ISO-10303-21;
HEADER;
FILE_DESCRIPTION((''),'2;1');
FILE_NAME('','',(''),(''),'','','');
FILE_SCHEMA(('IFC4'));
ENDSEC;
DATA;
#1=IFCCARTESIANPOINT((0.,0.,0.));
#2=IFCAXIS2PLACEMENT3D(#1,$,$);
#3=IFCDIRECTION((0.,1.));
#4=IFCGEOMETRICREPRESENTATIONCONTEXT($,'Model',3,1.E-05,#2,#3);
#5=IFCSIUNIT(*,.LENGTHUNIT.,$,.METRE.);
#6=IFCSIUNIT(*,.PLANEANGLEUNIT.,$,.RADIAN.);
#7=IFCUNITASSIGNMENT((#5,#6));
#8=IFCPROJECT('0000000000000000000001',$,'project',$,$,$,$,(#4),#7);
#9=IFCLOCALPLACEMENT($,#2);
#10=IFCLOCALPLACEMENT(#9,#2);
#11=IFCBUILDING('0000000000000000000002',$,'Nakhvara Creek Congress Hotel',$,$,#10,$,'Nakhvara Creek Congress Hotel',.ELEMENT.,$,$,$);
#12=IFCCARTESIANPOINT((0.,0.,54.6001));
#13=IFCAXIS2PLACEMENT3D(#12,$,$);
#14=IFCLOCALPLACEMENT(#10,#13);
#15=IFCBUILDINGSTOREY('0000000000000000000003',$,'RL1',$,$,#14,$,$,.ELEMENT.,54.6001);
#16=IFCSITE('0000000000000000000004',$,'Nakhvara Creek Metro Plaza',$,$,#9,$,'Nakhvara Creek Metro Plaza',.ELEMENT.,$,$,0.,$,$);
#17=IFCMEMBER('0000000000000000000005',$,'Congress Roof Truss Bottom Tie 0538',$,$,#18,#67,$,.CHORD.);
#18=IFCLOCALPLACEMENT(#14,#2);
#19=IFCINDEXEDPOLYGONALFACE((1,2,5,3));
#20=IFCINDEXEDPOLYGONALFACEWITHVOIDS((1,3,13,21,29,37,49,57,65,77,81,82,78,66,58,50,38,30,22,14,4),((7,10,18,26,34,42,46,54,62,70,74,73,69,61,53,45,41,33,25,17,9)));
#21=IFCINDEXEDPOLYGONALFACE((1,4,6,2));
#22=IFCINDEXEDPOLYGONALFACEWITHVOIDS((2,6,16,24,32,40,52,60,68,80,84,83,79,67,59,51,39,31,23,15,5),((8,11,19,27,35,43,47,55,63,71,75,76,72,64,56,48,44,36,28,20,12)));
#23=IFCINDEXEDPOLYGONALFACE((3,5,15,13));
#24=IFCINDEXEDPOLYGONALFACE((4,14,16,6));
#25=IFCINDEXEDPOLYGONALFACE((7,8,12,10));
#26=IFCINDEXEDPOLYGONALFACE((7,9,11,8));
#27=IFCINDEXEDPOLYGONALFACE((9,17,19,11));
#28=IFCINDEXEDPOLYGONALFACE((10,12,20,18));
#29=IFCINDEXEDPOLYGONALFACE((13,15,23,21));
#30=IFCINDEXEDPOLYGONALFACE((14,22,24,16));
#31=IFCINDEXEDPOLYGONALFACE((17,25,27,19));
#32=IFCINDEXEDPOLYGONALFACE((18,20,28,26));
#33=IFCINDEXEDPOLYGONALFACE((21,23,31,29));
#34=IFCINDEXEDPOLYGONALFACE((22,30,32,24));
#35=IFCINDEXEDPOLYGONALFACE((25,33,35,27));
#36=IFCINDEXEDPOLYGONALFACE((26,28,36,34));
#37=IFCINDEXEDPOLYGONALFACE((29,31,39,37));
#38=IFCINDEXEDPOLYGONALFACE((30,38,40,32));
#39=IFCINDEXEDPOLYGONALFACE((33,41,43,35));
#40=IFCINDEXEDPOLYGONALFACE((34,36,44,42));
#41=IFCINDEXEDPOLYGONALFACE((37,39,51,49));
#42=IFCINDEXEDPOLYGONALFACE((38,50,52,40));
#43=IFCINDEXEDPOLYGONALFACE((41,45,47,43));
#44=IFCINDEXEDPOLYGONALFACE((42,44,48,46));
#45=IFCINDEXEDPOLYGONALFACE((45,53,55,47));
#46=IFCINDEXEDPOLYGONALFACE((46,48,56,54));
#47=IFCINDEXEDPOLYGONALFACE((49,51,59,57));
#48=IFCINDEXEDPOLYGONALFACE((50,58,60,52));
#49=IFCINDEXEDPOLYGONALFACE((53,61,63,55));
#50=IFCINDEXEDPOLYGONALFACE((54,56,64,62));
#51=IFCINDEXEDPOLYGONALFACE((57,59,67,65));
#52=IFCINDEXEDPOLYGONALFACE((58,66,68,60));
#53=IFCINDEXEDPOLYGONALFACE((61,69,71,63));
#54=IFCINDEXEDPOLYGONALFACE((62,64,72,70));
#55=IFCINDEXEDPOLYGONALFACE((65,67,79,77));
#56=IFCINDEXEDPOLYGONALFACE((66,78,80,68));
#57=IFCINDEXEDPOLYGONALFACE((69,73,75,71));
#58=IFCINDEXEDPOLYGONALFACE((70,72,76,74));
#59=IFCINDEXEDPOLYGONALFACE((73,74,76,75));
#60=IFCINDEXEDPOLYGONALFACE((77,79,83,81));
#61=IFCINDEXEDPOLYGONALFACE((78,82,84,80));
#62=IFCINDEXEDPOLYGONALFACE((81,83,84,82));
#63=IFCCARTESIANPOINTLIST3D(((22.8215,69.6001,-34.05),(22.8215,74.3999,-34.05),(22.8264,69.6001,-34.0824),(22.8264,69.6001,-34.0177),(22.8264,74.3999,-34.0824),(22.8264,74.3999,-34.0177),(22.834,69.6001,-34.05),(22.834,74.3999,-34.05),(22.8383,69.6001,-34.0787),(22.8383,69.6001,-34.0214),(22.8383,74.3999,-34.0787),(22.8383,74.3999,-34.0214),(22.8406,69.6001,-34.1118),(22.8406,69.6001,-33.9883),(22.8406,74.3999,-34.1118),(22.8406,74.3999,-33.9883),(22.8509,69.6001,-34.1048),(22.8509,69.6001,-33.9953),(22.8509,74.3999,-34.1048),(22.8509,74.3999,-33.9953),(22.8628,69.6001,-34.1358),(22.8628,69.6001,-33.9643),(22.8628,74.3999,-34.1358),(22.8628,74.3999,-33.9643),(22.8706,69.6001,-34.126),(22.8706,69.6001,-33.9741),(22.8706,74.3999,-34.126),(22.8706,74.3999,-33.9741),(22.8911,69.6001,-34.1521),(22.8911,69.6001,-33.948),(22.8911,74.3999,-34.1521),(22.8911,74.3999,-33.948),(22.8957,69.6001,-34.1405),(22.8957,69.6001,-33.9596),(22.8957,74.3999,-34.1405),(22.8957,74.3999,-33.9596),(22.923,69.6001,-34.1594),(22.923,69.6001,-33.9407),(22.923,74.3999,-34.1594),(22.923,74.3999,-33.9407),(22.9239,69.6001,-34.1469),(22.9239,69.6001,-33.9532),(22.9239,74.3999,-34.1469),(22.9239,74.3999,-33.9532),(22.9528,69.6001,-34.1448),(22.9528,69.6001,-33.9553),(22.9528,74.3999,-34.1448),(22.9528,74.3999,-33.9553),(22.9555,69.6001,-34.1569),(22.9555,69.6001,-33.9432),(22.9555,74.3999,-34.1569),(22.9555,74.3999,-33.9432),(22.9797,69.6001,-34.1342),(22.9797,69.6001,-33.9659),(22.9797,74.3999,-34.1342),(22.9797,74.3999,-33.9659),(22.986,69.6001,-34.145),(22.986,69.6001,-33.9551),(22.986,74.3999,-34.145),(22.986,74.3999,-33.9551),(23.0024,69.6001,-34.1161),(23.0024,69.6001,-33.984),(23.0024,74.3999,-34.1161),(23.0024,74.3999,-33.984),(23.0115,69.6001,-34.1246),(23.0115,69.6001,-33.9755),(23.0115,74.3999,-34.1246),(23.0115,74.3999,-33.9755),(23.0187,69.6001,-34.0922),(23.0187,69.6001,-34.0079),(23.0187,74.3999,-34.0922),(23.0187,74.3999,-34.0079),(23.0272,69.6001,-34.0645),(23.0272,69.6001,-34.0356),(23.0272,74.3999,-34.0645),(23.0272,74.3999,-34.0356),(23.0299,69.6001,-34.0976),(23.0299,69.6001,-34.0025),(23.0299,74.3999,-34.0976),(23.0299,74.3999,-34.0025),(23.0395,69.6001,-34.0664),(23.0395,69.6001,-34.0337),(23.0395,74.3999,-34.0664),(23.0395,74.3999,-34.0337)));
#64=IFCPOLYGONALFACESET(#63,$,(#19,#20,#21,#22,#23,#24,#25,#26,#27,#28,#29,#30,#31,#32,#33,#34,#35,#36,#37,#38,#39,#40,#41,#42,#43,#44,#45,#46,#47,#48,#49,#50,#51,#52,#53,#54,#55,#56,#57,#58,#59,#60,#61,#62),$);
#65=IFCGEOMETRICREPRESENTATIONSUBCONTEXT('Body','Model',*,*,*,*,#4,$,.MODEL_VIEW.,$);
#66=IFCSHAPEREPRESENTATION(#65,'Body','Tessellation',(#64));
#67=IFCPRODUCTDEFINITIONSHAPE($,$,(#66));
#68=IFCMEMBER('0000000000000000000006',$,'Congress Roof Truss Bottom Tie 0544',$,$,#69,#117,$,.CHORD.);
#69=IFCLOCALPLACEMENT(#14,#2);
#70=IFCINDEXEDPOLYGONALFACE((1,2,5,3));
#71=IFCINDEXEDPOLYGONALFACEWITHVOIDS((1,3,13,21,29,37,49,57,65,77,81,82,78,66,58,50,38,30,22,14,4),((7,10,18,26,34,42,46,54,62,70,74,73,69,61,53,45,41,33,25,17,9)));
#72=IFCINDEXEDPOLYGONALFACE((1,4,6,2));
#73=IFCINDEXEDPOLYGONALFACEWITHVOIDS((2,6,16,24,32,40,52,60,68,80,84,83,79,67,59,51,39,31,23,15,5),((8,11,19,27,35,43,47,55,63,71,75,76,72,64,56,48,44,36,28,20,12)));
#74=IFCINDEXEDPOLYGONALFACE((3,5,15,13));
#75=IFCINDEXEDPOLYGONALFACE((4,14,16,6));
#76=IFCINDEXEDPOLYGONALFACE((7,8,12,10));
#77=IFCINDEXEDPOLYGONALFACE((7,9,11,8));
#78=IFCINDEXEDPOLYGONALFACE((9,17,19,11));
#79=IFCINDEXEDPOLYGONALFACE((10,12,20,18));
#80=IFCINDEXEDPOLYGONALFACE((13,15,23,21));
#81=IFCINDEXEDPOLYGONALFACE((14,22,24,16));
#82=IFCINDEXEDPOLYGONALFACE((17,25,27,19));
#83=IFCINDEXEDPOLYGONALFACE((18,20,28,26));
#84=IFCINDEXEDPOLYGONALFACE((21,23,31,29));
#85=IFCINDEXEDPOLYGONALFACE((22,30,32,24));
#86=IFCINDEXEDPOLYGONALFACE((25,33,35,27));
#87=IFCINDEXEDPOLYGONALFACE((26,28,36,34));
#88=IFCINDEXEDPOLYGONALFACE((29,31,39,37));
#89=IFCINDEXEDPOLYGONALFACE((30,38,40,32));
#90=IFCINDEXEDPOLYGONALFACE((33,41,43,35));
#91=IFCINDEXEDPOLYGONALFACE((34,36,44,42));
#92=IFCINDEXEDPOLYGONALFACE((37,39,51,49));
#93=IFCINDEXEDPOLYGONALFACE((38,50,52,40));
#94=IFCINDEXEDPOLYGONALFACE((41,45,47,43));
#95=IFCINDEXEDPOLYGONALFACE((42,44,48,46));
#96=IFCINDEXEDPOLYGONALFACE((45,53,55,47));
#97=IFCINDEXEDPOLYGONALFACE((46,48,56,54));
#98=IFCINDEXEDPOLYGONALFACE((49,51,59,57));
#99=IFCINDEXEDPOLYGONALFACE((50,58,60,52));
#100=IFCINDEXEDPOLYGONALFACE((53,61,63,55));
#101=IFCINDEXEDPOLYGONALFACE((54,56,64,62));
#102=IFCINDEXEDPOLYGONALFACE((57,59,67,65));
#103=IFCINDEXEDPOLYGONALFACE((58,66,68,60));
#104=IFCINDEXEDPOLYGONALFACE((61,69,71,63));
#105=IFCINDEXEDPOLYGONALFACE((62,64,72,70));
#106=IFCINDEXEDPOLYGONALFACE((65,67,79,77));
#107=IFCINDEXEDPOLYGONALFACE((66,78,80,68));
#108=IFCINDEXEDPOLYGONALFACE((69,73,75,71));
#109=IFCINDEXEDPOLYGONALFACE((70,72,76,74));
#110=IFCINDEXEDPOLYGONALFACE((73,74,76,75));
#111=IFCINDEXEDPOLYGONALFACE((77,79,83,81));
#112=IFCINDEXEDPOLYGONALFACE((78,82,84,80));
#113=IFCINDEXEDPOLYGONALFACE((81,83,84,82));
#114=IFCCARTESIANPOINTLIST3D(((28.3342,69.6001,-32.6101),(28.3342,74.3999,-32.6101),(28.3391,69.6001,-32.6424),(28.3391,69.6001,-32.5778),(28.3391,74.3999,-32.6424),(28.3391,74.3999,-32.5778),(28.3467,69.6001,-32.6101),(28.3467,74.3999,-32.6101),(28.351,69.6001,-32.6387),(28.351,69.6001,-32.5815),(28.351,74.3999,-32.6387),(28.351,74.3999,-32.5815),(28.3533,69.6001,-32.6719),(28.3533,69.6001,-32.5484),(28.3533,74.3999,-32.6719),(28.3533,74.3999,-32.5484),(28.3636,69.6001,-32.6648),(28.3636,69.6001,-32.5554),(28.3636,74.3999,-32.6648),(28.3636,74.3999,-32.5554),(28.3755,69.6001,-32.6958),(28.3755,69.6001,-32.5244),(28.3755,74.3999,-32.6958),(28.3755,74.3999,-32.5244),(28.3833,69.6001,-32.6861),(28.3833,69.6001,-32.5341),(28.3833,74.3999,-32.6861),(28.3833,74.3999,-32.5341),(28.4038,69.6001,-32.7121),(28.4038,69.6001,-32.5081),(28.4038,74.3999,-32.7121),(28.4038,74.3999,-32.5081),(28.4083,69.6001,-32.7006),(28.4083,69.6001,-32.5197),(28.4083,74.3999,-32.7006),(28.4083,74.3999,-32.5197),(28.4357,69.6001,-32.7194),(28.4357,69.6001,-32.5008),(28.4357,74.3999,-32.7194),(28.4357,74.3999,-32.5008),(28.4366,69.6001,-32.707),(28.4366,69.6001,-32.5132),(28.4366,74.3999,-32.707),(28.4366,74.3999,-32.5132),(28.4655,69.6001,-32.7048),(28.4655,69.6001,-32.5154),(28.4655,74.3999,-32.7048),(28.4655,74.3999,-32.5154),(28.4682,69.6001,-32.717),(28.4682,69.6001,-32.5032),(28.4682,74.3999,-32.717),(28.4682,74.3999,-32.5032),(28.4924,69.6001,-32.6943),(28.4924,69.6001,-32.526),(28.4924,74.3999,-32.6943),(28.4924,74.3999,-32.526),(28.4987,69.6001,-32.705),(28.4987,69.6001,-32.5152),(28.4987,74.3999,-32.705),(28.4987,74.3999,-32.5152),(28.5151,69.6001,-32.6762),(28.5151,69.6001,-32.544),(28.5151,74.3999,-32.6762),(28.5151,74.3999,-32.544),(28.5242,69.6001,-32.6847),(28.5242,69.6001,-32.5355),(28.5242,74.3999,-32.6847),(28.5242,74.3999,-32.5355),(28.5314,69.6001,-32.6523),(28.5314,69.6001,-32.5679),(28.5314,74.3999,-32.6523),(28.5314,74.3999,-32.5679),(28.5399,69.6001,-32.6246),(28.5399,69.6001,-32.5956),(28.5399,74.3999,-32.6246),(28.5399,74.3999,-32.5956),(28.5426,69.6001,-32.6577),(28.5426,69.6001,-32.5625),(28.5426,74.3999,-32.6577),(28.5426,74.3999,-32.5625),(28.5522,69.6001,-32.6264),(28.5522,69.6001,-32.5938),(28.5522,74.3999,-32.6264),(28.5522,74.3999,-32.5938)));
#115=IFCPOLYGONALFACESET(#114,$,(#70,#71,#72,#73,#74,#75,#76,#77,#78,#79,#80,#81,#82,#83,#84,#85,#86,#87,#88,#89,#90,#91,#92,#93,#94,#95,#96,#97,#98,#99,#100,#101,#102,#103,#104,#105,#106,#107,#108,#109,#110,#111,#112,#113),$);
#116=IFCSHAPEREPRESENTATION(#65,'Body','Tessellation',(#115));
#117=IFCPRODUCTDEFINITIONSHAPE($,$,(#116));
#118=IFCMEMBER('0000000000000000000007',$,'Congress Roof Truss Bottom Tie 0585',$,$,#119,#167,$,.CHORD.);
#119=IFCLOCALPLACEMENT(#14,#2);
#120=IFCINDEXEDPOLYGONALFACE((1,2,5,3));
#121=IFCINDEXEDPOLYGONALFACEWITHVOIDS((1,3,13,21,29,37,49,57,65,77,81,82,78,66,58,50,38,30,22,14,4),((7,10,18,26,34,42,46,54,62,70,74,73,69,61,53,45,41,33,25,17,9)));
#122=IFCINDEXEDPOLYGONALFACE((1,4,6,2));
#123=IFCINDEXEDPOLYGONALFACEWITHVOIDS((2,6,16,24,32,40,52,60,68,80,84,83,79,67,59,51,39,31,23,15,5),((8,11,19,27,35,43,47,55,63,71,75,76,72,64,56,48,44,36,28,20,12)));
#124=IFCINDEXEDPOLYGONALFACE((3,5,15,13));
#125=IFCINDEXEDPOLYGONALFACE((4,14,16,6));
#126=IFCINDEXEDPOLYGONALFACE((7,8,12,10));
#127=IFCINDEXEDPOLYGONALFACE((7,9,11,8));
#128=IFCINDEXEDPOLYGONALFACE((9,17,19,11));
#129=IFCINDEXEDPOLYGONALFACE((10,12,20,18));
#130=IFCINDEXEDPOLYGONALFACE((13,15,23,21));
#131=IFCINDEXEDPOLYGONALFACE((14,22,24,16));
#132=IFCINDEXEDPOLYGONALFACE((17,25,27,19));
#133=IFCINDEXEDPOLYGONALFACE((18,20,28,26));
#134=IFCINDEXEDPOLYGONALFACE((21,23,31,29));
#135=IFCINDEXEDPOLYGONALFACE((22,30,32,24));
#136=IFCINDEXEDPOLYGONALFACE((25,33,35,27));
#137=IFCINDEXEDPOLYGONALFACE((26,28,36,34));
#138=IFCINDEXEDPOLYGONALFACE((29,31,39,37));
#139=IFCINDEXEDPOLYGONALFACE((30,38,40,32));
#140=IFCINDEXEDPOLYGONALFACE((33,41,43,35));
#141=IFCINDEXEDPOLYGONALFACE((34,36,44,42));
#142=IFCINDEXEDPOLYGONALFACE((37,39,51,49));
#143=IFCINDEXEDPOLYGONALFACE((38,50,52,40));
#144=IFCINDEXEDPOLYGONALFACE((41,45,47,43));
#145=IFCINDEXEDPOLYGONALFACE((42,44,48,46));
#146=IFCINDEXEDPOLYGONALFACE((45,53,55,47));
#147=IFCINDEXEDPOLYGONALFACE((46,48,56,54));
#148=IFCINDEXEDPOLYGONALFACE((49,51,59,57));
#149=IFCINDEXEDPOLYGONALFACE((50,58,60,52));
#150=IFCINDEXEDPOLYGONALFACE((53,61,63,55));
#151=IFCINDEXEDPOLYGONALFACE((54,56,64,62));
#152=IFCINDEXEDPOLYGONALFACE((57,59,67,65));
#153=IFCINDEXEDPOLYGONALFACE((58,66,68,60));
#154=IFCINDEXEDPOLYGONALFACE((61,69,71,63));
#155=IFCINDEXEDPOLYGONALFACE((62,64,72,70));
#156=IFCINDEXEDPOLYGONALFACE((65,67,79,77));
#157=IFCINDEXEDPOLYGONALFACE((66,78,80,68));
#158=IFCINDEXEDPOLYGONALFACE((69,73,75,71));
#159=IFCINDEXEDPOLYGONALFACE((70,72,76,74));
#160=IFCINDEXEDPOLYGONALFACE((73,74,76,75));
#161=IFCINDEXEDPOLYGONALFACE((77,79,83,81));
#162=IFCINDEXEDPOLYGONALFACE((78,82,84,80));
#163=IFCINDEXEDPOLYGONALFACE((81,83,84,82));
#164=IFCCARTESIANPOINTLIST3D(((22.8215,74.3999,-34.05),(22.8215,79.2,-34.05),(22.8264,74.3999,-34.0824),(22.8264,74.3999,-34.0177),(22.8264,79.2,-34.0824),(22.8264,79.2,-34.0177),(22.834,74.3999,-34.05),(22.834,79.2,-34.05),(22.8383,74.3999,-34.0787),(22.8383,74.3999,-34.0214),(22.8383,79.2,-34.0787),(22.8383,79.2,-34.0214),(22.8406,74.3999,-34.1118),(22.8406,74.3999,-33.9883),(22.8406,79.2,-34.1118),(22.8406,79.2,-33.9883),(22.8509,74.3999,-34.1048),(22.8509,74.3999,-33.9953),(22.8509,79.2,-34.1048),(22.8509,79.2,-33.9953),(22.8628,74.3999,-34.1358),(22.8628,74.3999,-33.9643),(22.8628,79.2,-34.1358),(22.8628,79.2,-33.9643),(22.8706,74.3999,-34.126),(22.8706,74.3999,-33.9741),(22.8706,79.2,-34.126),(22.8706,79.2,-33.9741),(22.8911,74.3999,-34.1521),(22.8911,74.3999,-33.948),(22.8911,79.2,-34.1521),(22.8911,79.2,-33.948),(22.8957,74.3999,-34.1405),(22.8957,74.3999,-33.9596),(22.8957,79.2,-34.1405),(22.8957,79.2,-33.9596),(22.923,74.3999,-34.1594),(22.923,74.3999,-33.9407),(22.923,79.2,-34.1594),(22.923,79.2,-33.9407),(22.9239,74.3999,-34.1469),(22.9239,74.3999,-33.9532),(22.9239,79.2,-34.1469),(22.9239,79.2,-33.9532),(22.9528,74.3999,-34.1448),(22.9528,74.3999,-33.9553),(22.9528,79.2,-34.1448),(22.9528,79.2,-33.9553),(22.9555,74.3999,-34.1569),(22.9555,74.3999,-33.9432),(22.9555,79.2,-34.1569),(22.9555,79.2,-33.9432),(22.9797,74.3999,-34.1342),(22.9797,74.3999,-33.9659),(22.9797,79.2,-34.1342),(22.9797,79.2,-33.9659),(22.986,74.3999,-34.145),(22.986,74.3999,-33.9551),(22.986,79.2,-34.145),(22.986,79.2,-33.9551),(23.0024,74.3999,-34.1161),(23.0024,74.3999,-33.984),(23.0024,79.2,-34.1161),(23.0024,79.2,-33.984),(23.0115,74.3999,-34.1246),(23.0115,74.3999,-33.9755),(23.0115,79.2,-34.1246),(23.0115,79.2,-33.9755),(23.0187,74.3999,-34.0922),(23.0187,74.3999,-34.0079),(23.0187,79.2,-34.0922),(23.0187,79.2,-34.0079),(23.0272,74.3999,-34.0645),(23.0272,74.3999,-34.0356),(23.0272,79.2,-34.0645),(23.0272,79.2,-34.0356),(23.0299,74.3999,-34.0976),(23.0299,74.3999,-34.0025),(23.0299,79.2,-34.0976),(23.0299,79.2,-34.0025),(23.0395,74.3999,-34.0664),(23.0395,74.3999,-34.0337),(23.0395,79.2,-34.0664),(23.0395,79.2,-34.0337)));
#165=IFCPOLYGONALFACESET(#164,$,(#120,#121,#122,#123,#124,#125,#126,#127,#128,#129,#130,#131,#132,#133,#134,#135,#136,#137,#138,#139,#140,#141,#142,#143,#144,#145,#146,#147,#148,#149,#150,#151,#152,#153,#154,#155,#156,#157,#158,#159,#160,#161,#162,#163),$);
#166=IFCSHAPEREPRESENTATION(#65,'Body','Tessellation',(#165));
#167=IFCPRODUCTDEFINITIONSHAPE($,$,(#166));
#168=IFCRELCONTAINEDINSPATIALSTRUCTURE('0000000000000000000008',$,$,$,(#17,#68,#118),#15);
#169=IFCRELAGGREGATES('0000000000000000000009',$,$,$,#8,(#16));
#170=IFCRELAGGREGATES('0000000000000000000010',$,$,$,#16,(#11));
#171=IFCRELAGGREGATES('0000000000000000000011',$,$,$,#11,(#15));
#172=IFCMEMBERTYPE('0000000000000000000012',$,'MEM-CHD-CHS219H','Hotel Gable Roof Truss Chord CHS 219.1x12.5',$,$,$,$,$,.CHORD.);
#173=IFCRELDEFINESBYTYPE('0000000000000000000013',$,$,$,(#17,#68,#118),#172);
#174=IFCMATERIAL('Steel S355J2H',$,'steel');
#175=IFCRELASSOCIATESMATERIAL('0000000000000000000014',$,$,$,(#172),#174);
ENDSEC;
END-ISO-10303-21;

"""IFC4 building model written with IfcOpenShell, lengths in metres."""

from ifc_helpers import new_model, si_unit, direction, frame, origin, origin_2d, place, context, subcontext, project, spatial, hollow_circle, extrude, material, material_profile, profile_set, type_object, element, save


model = new_model("IFC4")

# Units and contexts
model_context = context("Model", 3, precision=1e-05, world=origin(), true_north=direction((0.0, 1.0)))
body_context = subcontext(model_context, "Body", "Model", "MODEL_VIEW")
ifc_project = project(units=[si_unit("LENGTHUNIT", "METRE"), si_unit("PLANEANGLEUNIT", "RADIAN")], contexts=[model_context])

# Site, building, storey
site_placement = place(None, origin())
site = spatial("IfcSite", under=ifc_project, at=site_placement, Name="Nakhvara Creek Metro Plaza", LongName="Nakhvara Creek Metro Plaza", CompositionType="ELEMENT", RefElevation=0.0)
building_placement = place(site_placement, origin())
building = spatial("IfcBuilding", under=site, at=building_placement, Name="Nakhvara Creek Congress Hotel", LongName="Nakhvara Creek Congress Hotel", CompositionType="ELEMENT")
storey_placement = place(building_placement, frame((0.0, 0.0, 54.6001)))
storey = spatial("IfcBuildingStorey", under=building, at=storey_placement, Name="RL1", CompositionType="ELEMENT", Elevation=54.6001)

# Members
ifc_material_1 = material(Name="Steel S355J2H", Category="steel")
ifc_material_profile_1 = material_profile(ifc_material_1, hollow_circle(Radius=0.1096, WallThickness=0.0125, at=origin_2d()), Name="CHS 219.1x12.5", Category="LoadBearing")
ifc_profile_set_1 = profile_set([ifc_material_profile_1], Name="Steel S355J2H")
member_type_1 = type_object("IfcMemberType", Name="MEM-CHD-CHS219H", Description="Hotel Gable Roof Truss Chord CHS 219.1x12.5", PredefinedType="CHORD", material=ifc_profile_set_1)
for number, where, z_axis, x_axis, name in (
    (1, (22.9312, 69.6001, -34.05), (0.0, 1.0, 0.0), (-1.0, 0.0, 0.0), "Congress Roof Truss Bottom Tie 0538"),
    (2, (28.4438, 69.6001, -32.6101), (0.0, 1.0, 0.0), (-1.0, 0.0, 0.0), "Congress Roof Truss Bottom Tie 0544"),
):
    element("IfcMember", number, at=place(storey_placement, frame(where, z_axis=z_axis, x_axis=x_axis)), inside=storey, type_object=member_type_1, Name=name, PredefinedType="CHORD", context=body_context, shape_type="SweptSolid", body=[
        extrude(hollow_circle(Radius=0.1096, WallThickness=0.0125, at=origin_2d()), origin(), (0.0, 0.0, 1.0), 4.7998),
    ])
member_1_placement = place(storey_placement, frame((22.9312, 74.3999, -34.05), z_axis=(0.0, 1.0, 0.0), x_axis=(-1.0, 0.0, 0.0)))
element("IfcMember", 3, at=member_1_placement, inside=storey, type_object=member_type_1, Name="Congress Roof Truss Bottom Tie 0585", PredefinedType="CHORD", context=body_context, shape_type="SweptSolid", body=[
    extrude(hollow_circle(Radius=0.1096, WallThickness=0.0125, at=origin_2d()), origin(), (0.0, 0.0, 1.0), 4.8),
])

save(model, "model.ifc")
